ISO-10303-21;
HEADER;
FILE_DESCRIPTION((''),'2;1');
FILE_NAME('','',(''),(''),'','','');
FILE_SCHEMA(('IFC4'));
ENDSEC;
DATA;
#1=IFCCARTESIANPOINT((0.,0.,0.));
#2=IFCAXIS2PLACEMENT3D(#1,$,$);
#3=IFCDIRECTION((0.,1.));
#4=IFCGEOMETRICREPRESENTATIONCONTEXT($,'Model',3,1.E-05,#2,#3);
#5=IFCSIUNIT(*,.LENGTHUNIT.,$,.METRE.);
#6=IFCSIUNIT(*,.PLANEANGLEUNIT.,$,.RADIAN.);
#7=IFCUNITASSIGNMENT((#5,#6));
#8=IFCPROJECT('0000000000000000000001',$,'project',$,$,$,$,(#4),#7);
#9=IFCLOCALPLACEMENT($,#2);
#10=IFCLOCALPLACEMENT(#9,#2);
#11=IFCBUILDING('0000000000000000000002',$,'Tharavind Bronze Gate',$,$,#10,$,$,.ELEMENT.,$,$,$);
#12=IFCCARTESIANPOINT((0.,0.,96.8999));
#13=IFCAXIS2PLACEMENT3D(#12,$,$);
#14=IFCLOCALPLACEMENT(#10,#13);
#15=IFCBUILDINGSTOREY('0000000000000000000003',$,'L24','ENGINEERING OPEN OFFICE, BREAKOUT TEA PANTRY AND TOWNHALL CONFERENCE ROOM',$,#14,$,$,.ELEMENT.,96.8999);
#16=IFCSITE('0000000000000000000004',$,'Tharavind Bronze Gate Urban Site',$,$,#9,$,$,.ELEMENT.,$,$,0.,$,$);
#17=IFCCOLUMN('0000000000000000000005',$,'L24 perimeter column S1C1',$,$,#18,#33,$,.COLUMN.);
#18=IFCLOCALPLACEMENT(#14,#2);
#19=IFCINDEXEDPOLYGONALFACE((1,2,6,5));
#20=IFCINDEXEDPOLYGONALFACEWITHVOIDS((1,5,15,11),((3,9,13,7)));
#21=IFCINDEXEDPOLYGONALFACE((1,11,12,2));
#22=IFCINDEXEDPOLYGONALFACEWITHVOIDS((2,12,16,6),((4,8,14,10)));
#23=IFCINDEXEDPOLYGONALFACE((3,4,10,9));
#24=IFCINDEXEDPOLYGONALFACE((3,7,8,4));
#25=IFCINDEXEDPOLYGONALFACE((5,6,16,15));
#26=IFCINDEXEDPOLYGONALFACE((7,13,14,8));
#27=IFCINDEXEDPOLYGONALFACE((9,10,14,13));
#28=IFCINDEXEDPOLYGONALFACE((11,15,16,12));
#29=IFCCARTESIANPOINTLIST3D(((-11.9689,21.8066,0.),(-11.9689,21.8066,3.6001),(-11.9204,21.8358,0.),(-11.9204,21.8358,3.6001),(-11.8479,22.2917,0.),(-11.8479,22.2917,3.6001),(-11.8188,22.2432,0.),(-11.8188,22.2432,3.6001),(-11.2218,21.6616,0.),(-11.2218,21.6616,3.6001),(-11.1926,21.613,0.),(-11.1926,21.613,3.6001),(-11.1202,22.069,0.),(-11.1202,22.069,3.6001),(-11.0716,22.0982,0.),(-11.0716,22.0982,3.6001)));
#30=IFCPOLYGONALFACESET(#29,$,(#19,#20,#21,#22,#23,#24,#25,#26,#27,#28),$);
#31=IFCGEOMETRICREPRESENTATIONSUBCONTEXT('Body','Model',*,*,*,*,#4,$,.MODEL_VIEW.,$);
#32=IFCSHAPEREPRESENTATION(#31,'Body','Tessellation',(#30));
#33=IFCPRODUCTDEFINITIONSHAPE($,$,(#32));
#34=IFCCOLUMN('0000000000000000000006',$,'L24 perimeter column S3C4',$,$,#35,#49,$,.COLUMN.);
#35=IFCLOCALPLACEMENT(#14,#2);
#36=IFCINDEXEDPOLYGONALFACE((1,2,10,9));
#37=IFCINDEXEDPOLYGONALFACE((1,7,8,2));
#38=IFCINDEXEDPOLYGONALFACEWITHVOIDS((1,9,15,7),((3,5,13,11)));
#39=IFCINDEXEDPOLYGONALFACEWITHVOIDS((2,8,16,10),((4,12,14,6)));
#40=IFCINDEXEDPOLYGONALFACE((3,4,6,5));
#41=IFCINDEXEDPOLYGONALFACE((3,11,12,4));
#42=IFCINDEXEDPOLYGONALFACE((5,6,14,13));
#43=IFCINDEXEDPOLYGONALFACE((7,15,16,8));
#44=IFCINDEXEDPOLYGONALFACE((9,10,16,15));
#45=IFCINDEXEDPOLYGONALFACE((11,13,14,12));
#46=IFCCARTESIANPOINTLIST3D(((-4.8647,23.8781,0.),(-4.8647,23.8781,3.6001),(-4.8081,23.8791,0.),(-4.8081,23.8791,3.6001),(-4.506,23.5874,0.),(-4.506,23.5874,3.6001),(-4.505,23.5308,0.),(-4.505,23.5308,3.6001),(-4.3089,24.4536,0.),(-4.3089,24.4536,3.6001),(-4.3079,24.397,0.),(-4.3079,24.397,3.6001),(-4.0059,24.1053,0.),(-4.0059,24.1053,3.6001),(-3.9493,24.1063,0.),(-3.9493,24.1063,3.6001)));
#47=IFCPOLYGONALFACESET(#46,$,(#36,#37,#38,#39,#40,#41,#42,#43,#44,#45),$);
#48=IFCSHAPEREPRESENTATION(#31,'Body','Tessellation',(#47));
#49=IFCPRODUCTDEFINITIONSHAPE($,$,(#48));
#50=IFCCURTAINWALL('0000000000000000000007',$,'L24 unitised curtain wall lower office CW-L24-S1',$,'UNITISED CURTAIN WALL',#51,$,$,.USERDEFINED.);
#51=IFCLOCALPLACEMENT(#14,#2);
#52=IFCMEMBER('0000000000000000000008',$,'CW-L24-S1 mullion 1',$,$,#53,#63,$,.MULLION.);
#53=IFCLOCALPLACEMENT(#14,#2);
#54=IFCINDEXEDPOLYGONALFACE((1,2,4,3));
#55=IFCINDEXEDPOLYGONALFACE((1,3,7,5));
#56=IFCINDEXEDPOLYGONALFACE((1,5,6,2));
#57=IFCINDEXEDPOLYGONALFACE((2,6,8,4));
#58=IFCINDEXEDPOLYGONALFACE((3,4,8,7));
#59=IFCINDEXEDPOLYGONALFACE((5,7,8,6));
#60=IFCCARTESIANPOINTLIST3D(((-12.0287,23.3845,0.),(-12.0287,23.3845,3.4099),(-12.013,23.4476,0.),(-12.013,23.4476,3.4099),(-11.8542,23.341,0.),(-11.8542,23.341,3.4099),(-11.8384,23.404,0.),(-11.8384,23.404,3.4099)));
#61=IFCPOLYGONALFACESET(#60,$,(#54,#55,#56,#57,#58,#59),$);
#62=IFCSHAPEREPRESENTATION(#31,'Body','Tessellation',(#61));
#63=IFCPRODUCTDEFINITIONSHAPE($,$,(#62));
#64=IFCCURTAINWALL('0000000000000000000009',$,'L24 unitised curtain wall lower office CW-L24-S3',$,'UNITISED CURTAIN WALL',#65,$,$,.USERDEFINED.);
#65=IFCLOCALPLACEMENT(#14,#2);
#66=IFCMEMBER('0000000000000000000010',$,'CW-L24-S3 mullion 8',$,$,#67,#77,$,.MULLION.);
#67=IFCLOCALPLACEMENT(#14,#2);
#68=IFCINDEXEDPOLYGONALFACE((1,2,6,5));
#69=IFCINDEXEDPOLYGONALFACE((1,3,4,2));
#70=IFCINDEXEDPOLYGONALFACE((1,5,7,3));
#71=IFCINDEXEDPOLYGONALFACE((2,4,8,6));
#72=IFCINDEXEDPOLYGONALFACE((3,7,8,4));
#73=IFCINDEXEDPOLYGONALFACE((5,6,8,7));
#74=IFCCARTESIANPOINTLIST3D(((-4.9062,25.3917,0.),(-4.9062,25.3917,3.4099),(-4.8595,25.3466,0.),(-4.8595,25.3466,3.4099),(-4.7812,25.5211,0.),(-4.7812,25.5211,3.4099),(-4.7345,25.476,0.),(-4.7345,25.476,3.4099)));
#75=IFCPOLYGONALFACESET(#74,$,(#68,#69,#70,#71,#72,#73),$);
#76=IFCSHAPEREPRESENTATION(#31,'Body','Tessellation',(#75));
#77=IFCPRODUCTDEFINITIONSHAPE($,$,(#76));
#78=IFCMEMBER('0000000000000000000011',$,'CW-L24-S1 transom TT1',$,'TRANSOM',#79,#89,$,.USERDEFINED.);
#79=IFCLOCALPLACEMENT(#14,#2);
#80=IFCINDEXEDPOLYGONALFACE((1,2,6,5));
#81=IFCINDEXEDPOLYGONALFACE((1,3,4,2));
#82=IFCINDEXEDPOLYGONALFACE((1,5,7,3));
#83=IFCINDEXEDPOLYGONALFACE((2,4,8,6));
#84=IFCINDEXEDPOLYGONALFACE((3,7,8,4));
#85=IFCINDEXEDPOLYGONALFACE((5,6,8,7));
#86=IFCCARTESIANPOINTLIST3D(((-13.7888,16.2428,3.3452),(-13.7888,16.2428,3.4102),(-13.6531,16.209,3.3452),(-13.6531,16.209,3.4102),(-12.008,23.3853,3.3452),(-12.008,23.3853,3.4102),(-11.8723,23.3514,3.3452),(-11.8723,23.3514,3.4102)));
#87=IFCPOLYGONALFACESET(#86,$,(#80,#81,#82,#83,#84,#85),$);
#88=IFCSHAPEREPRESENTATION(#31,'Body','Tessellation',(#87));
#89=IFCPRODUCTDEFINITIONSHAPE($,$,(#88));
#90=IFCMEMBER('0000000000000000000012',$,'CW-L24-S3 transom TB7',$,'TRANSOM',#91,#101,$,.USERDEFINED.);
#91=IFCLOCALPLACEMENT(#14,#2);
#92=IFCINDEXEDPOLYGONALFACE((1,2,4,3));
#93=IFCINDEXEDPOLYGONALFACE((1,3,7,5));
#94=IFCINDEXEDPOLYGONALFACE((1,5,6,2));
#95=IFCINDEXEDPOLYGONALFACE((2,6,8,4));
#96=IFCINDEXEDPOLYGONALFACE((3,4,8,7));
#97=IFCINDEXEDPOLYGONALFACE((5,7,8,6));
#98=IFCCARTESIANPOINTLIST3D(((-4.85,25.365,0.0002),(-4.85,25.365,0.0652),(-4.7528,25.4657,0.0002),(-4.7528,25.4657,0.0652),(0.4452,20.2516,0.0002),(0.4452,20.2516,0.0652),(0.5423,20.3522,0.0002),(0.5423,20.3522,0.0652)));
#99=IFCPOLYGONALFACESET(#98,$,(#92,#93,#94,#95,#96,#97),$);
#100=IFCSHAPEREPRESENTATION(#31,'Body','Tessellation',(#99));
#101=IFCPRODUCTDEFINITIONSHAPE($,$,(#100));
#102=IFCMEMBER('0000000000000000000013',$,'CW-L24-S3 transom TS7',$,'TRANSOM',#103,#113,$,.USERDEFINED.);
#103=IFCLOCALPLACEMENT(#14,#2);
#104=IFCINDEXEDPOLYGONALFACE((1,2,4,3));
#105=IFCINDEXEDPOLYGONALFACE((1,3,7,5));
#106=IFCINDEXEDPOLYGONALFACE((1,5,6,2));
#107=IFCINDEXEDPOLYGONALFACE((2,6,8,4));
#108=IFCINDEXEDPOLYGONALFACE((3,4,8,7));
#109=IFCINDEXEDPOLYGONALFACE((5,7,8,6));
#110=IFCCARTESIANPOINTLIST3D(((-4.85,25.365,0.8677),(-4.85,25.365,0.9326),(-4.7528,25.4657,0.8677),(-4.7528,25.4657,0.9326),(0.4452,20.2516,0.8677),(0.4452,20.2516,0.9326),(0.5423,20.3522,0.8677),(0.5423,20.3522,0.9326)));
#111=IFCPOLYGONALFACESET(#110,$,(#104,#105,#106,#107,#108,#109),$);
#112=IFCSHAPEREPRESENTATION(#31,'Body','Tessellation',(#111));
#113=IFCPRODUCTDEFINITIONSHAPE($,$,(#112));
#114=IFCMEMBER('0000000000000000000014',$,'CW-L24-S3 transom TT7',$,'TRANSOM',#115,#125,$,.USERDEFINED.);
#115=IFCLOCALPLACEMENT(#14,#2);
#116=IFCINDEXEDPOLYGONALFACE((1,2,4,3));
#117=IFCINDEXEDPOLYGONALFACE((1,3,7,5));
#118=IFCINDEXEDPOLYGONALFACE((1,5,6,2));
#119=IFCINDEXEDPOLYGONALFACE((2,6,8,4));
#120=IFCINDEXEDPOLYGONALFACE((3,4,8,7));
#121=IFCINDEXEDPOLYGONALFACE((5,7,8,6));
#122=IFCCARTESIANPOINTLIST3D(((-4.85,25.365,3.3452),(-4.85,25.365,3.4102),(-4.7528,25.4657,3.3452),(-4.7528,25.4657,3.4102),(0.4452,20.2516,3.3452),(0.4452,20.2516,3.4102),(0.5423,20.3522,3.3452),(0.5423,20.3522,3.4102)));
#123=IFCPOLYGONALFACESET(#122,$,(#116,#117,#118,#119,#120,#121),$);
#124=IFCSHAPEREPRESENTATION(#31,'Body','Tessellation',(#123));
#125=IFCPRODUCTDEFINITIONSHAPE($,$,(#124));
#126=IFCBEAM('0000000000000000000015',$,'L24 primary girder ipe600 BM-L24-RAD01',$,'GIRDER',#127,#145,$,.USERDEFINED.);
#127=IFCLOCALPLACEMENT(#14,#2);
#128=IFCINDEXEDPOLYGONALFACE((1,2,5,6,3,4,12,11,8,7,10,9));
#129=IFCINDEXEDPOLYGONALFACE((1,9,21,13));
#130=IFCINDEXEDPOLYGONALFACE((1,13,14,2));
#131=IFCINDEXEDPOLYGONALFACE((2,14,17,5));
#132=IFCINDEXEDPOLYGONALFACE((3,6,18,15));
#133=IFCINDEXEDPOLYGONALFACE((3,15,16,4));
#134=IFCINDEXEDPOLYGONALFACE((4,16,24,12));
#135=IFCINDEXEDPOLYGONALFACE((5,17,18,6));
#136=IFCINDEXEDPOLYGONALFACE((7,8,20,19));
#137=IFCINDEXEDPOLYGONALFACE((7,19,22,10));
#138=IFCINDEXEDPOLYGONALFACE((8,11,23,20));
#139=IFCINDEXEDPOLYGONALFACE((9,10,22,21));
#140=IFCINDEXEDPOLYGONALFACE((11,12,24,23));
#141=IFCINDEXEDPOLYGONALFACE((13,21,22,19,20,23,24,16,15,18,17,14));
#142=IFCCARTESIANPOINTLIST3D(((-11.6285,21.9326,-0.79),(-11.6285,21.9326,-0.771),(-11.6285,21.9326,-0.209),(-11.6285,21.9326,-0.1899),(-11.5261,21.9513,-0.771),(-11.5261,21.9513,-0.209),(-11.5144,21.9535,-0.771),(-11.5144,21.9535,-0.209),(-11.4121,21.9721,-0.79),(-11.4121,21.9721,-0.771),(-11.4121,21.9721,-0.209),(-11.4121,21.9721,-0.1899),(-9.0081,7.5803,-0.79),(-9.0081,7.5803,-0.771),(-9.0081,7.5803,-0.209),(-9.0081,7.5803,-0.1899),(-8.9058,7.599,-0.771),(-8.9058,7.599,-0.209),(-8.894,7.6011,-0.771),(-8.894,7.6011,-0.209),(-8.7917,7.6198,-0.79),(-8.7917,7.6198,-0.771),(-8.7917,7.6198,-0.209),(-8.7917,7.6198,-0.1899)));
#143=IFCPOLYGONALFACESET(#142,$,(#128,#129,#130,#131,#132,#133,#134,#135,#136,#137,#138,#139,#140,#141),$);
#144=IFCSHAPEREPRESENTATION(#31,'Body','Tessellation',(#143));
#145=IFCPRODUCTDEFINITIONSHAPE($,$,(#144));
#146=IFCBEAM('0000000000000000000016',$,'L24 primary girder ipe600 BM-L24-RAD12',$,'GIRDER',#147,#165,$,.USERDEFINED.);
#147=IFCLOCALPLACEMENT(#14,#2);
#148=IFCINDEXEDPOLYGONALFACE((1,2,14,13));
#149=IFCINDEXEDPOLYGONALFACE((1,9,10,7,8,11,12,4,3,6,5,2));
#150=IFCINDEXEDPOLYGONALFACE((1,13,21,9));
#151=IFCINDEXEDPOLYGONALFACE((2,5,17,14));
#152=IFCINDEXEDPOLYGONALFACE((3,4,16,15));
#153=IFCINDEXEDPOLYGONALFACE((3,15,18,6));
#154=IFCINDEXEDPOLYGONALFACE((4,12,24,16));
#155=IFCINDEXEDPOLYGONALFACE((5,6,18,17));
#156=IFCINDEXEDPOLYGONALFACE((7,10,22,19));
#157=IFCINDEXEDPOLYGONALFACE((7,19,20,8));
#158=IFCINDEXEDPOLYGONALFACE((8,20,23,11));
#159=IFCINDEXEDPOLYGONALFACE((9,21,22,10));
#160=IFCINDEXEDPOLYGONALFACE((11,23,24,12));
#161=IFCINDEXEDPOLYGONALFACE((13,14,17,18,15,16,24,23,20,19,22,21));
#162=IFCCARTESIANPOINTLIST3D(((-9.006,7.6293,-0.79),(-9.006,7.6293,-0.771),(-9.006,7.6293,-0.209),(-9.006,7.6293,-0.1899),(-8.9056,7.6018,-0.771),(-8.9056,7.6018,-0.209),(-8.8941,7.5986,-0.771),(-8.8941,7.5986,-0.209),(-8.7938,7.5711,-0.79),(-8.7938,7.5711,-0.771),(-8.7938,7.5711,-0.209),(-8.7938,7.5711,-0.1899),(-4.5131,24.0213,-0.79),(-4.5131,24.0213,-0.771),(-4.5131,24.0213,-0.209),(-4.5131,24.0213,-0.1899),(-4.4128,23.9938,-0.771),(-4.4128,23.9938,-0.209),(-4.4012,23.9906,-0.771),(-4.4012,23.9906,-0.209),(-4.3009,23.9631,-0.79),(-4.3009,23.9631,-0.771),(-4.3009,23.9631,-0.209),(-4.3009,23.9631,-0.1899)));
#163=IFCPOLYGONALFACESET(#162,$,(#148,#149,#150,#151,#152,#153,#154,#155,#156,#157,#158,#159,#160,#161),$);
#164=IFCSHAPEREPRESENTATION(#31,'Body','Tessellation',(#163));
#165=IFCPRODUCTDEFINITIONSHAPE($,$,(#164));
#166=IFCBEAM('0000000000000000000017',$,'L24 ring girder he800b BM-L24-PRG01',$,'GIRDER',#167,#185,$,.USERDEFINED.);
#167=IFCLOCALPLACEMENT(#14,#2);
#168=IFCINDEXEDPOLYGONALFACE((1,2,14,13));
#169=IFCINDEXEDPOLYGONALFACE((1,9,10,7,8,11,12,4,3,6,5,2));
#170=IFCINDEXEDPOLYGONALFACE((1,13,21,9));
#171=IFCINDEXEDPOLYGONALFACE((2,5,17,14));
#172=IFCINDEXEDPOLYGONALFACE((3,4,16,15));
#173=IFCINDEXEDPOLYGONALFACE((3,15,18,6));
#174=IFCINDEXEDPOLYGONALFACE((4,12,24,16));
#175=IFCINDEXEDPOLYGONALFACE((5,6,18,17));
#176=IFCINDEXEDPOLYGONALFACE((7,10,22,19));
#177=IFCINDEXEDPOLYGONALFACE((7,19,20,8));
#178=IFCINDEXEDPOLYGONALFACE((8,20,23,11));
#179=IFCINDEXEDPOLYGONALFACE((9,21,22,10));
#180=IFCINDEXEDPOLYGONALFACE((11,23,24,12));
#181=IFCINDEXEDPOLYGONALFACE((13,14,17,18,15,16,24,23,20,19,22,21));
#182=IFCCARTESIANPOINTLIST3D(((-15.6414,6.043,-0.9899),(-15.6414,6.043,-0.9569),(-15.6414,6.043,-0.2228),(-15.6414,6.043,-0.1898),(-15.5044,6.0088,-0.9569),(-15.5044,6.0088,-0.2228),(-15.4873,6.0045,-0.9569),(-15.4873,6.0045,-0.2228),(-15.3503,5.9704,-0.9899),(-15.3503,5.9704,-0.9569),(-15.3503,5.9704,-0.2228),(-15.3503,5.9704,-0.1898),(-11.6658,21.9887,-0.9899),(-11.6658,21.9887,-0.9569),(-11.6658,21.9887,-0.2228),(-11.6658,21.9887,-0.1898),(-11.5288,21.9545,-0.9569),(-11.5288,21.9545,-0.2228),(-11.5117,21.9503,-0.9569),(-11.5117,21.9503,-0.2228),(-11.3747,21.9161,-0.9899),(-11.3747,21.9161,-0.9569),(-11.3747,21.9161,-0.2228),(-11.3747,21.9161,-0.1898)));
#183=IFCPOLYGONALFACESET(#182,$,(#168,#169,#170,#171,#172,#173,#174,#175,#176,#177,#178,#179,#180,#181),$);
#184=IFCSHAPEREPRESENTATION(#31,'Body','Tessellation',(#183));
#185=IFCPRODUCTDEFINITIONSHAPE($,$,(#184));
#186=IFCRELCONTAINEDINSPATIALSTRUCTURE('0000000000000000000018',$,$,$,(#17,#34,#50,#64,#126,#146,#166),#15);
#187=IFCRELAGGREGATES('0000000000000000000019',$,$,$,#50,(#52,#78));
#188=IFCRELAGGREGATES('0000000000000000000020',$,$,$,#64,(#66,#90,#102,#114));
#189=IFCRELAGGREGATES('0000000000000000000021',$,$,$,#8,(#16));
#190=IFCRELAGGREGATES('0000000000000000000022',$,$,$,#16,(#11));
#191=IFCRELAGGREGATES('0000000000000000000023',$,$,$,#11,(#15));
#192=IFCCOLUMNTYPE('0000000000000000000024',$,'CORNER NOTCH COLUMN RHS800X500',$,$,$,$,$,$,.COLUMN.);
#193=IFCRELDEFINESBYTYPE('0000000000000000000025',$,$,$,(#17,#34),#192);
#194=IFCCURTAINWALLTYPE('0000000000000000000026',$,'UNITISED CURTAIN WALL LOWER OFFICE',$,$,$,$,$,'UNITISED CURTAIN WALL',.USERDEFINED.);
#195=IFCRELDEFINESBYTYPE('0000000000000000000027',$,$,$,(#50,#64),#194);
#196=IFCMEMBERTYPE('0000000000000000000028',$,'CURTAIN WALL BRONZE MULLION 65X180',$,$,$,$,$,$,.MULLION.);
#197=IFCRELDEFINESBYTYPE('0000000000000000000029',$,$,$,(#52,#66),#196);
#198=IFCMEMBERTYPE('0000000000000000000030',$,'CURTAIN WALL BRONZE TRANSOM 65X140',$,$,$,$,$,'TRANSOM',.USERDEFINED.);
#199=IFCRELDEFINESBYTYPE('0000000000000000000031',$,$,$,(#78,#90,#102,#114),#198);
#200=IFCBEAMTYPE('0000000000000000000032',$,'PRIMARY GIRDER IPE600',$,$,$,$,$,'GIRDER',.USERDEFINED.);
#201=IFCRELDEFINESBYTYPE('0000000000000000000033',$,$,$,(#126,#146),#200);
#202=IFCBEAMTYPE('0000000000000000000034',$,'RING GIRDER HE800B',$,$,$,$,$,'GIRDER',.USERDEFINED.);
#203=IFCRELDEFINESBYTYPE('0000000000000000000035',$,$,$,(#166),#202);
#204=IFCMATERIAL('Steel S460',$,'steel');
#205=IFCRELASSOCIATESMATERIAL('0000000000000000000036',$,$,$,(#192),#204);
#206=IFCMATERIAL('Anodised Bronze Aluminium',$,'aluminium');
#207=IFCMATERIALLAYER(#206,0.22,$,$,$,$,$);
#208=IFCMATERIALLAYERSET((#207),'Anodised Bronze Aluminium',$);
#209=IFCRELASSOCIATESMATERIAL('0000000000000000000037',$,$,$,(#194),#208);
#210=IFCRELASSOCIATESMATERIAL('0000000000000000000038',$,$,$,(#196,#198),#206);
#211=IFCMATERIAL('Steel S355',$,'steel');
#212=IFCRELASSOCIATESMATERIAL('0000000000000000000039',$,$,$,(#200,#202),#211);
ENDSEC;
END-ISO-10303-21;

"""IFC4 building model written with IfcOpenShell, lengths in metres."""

from ifc_helpers import new_model, si_unit, direction, frame, origin, origin_2d, place, context, subcontext, project, spatial, rectangle, hollow_rectangle, i_section, extrude, material, layer, layer_set, material_profile, profile_set, type_object, element, aggregate, save


model = new_model("IFC4")

# Units and contexts
model_context = context("Model", 3, precision=1e-05, world=origin(), true_north=direction((0.0, 1.0)))
body_context = subcontext(model_context, "Body", "Model", "MODEL_VIEW")
ifc_project = project(units=[si_unit("LENGTHUNIT", "METRE"), si_unit("PLANEANGLEUNIT", "RADIAN")], contexts=[model_context])

# Site, building, storey
site_placement = place(None, origin())
site = spatial("IfcSite", under=ifc_project, at=site_placement, Name="Tharavind Bronze Gate Urban Site", CompositionType="ELEMENT", RefElevation=0.0)
building_placement = place(site_placement, origin())
building = spatial("IfcBuilding", under=site, at=building_placement, Name="Tharavind Bronze Gate", CompositionType="ELEMENT")
storey_placement = place(building_placement, frame((0.0, 0.0, 96.8999)))
storey = spatial("IfcBuildingStorey", under=building, at=storey_placement, Name="L24", Description="ENGINEERING OPEN OFFICE, BREAKOUT TEA PANTRY AND TOWNHALL CONFERENCE ROOM", CompositionType="ELEMENT", Elevation=96.8999)

# Columns
ifc_material_1 = material(Name="Steel S460", Category="steel")
ifc_material_profile_1 = material_profile(ifc_material_1, hollow_rectangle(XDim=0.5, YDim=0.8, WallThickness=0.04, at=origin_2d()), Name="RHS800X500X40")
ifc_profile_set_1 = profile_set([ifc_material_profile_1], Name="Steel S460")
column_type = type_object("IfcColumnType", Name="CORNER NOTCH COLUMN RHS800X500", PredefinedType="COLUMN", material=ifc_profile_set_1)
for number, where, z_axis, x_axis, name in (
    (1, (-11.5203, 21.9524, 0.0), (0.0, 0.0, 1.0), (0.241922, 0.970296, 0.0), "L24 perimeter column S1C1"),
    (2, (-4.407, 23.9922, 0.0), (0.0, 0.0, 1.0), (-0.71934, 0.694658, 0.0), "L24 perimeter column S3C4"),
):
    element("IfcColumn", number, at=place(storey_placement, frame(where, z_axis=z_axis, x_axis=x_axis)), inside=storey, type_object=column_type, Name=name, PredefinedType="COLUMN", context=body_context, shape_type="SweptSolid", body=[
        extrude(hollow_rectangle(XDim=0.5, YDim=0.8, WallThickness=0.04, at=origin_2d()), origin(), (0.0, 0.0, 1.0), 3.6001),
    ])

# Curtain walls, members
ifc_material_2 = material(Name="Anodised Bronze Aluminium", Category="aluminium")
ifc_layer_1 = layer(ifc_material_2, 0.22)
ifc_layer_set_1 = layer_set([ifc_layer_1], Name="Anodised Bronze Aluminium")
curtain_wall_type = type_object("IfcCurtainWallType", Name="UNITISED CURTAIN WALL LOWER OFFICE", ElementType="UNITISED CURTAIN WALL", PredefinedType="USERDEFINED", material=ifc_layer_set_1)
curtain_wall_1_placement = place(storey_placement, origin())
curtain_wall_1 = element("IfcCurtainWall", 3, at=curtain_wall_1_placement, inside=storey, type_object=curtain_wall_type, Name="L24 unitised curtain wall lower office CW-L24-S1", ObjectType="UNITISED CURTAIN WALL", PredefinedType="USERDEFINED")
member_type_1 = type_object("IfcMemberType", Name="CURTAIN WALL BRONZE MULLION 65X180", PredefinedType="MULLION", material=ifc_material_2)
member_1_placement = place(storey_placement, frame((-11.9336, 23.3943, 0.0), z_axis=(0.0, 0.0, 1.0), x_axis=(-0.241922, -0.970296, 0.0)))
member_1 = element("IfcMember", 4, at=member_1_placement, type_object=member_type_1, Name="CW-L24-S1 mullion 1", PredefinedType="MULLION", context=body_context, shape_type="SweptSolid", body=[
    extrude(rectangle(XDim=0.0649, YDim=0.1799, at=origin_2d()), origin(), (0.0, 0.0, 1.0), 3.4099),
])
curtain_wall_2_placement = place(storey_placement, origin())
curtain_wall_2 = element("IfcCurtainWall", 5, at=curtain_wall_2_placement, inside=storey, type_object=curtain_wall_type, Name="L24 unitised curtain wall lower office CW-L24-S3", ObjectType="UNITISED CURTAIN WALL", PredefinedType="USERDEFINED")
member_2_placement = place(storey_placement, frame((-4.8203, 25.4338, 0.0), z_axis=(0.0, 0.0, 1.0), x_axis=(-0.719341, 0.694657, 0.0)))
member_2 = element("IfcMember", 6, at=member_2_placement, type_object=member_type_1, Name="CW-L24-S3 mullion 8", PredefinedType="MULLION", context=body_context, shape_type="SweptSolid", body=[
    extrude(rectangle(XDim=0.0649, YDim=0.1799, at=origin_2d()), origin(), (0.0, 0.0, 1.0), 3.4099),
])

# Members
member_type_2 = type_object("IfcMemberType", Name="CURTAIN WALL BRONZE TRANSOM 65X140", ElementType="TRANSOM", PredefinedType="USERDEFINED", material=ifc_material_2)
member_3_placement = place(storey_placement, frame((-12.8306, 19.7971, 3.3452), z_axis=(0.0, 0.0, 1.0), x_axis=(-0.241922, -0.970296, 0.0)))
member_3 = element("IfcMember", 7, at=member_3_placement, type_object=member_type_2, Name="CW-L24-S1 transom TT1", ObjectType="TRANSOM", PredefinedType="USERDEFINED", context=body_context, shape_type="SweptSolid", body=[
    extrude(rectangle(XDim=7.3611, YDim=0.1399, at=origin_2d()), origin(), (0.0, 0.0, 1.0), 0.0649),
])
member_4_placement = place(storey_placement, frame((-2.1538, 22.8586, 0.0002), z_axis=(0.0, 0.0, 1.0), x_axis=(-0.719341, 0.694657, 0.0)))
member_4 = element("IfcMember", 8, at=member_4_placement, type_object=member_type_2, Name="CW-L24-S3 transom TB7", ObjectType="TRANSOM", PredefinedType="USERDEFINED", context=body_context, shape_type="SweptSolid", body=[
    extrude(rectangle(XDim=7.3611, YDim=0.1399, at=origin_2d()), origin(), (0.0, 0.0, 1.0), 0.0649),
])
member_5_placement = place(storey_placement, frame((-2.1538, 22.8586, 0.8677), z_axis=(0.0, 0.0, 1.0), x_axis=(-0.719341, 0.694657, 0.0)))
member_5 = element("IfcMember", 9, at=member_5_placement, type_object=member_type_2, Name="CW-L24-S3 transom TS7", ObjectType="TRANSOM", PredefinedType="USERDEFINED", context=body_context, shape_type="SweptSolid", body=[
    extrude(rectangle(XDim=7.3611, YDim=0.1399, at=origin_2d()), origin(), (0.0, 0.0, 1.0), 0.0649),
])
member_6_placement = place(storey_placement, frame((-2.1538, 22.8586, 3.3452), z_axis=(0.0, 0.0, 1.0), x_axis=(-0.719341, 0.694657, 0.0)))
member_6 = element("IfcMember", 10, at=member_6_placement, type_object=member_type_2, Name="CW-L24-S3 transom TT7", ObjectType="TRANSOM", PredefinedType="USERDEFINED", context=body_context, shape_type="SweptSolid", body=[
    extrude(rectangle(XDim=7.3611, YDim=0.1399, at=origin_2d()), origin(), (0.0, 0.0, 1.0), 0.0649),
])

# Beams
ifc_material_3 = material(Name="Steel S355", Category="steel")
ifc_material_profile_2 = material_profile(ifc_material_3, i_section(OverallWidth=0.22, OverallDepth=0.6001, WebThickness=0.012, FlangeThickness=0.019, at=origin_2d()), Name="IPE600")
ifc_profile_set_2 = profile_set([ifc_material_profile_2], Name="Steel S355")
beam_type_1 = type_object("IfcBeamType", Name="PRIMARY GIRDER IPE600", ElementType="GIRDER", PredefinedType="USERDEFINED", material=ifc_profile_set_2)
beam_1_placement = place(storey_placement, frame((-11.5203, 21.9524, -0.49), z_axis=(0.179605, -0.983739, 0.0), x_axis=(0.983739, 0.179605, 0.0)))
element("IfcBeam", 11, at=beam_1_placement, inside=storey, type_object=beam_type_1, Name="L24 primary girder ipe600 BM-L24-RAD01", ObjectType="GIRDER", PredefinedType="USERDEFINED", context=body_context, shape_type="SweptSolid", body=[
    extrude(i_section(OverallWidth=0.22, OverallDepth=0.6001, WebThickness=0.012, FlangeThickness=0.019, at=origin_2d()), origin(), (0.0, 0.0, 1.0), 14.5896),
])
beam_2_placement = place(storey_placement, frame((-4.407, 23.9922, -0.49), z_axis=(-0.264341, -0.964429, 0.0), x_axis=(0.964429, -0.264341, 0.0)))
element("IfcBeam", 12, at=beam_2_placement, inside=storey, type_object=beam_type_1, Name="L24 primary girder ipe600 BM-L24-RAD12", ObjectType="GIRDER", PredefinedType="USERDEFINED", context=body_context, shape_type="SweptSolid", body=[
    extrude(i_section(OverallWidth=0.22, OverallDepth=0.6001, WebThickness=0.012, FlangeThickness=0.019, at=origin_2d()), origin(), (0.0, 0.0, 1.0), 16.9966),
])
ifc_material_profile_3 = material_profile(ifc_material_3, i_section(OverallWidth=0.3, OverallDepth=0.8, WebThickness=0.0176, FlangeThickness=0.033, at=origin_2d()), Name="HE800B")
ifc_profile_set_3 = profile_set([ifc_material_profile_3], Name="Steel S355")
beam_type_2 = type_object("IfcBeamType", Name="RING GIRDER HE800B", ElementType="GIRDER", PredefinedType="USERDEFINED", material=ifc_profile_set_3)
beam_3_placement = place(storey_placement, frame((-11.5203, 21.9524, -0.5898), z_axis=(-0.241913, -0.970298, 0.0), x_axis=(0.970298, -0.241913, 0.0)))
element("IfcBeam", 13, at=beam_3_placement, inside=storey, type_object=beam_type_2, Name="L24 ring girder he800b BM-L24-PRG01", ObjectType="GIRDER", PredefinedType="USERDEFINED", context=body_context, shape_type="SweptSolid", body=[
    extrude(i_section(OverallWidth=0.3, OverallDepth=0.8, WebThickness=0.0176, FlangeThickness=0.033, at=origin_2d()), origin(), (0.0, 0.0, 1.0), 16.4338),
])

aggregate(curtain_wall_1, [member_1, member_3])
aggregate(curtain_wall_2, [member_2, member_4, member_5, member_6])

save(model, "model.ifc")
